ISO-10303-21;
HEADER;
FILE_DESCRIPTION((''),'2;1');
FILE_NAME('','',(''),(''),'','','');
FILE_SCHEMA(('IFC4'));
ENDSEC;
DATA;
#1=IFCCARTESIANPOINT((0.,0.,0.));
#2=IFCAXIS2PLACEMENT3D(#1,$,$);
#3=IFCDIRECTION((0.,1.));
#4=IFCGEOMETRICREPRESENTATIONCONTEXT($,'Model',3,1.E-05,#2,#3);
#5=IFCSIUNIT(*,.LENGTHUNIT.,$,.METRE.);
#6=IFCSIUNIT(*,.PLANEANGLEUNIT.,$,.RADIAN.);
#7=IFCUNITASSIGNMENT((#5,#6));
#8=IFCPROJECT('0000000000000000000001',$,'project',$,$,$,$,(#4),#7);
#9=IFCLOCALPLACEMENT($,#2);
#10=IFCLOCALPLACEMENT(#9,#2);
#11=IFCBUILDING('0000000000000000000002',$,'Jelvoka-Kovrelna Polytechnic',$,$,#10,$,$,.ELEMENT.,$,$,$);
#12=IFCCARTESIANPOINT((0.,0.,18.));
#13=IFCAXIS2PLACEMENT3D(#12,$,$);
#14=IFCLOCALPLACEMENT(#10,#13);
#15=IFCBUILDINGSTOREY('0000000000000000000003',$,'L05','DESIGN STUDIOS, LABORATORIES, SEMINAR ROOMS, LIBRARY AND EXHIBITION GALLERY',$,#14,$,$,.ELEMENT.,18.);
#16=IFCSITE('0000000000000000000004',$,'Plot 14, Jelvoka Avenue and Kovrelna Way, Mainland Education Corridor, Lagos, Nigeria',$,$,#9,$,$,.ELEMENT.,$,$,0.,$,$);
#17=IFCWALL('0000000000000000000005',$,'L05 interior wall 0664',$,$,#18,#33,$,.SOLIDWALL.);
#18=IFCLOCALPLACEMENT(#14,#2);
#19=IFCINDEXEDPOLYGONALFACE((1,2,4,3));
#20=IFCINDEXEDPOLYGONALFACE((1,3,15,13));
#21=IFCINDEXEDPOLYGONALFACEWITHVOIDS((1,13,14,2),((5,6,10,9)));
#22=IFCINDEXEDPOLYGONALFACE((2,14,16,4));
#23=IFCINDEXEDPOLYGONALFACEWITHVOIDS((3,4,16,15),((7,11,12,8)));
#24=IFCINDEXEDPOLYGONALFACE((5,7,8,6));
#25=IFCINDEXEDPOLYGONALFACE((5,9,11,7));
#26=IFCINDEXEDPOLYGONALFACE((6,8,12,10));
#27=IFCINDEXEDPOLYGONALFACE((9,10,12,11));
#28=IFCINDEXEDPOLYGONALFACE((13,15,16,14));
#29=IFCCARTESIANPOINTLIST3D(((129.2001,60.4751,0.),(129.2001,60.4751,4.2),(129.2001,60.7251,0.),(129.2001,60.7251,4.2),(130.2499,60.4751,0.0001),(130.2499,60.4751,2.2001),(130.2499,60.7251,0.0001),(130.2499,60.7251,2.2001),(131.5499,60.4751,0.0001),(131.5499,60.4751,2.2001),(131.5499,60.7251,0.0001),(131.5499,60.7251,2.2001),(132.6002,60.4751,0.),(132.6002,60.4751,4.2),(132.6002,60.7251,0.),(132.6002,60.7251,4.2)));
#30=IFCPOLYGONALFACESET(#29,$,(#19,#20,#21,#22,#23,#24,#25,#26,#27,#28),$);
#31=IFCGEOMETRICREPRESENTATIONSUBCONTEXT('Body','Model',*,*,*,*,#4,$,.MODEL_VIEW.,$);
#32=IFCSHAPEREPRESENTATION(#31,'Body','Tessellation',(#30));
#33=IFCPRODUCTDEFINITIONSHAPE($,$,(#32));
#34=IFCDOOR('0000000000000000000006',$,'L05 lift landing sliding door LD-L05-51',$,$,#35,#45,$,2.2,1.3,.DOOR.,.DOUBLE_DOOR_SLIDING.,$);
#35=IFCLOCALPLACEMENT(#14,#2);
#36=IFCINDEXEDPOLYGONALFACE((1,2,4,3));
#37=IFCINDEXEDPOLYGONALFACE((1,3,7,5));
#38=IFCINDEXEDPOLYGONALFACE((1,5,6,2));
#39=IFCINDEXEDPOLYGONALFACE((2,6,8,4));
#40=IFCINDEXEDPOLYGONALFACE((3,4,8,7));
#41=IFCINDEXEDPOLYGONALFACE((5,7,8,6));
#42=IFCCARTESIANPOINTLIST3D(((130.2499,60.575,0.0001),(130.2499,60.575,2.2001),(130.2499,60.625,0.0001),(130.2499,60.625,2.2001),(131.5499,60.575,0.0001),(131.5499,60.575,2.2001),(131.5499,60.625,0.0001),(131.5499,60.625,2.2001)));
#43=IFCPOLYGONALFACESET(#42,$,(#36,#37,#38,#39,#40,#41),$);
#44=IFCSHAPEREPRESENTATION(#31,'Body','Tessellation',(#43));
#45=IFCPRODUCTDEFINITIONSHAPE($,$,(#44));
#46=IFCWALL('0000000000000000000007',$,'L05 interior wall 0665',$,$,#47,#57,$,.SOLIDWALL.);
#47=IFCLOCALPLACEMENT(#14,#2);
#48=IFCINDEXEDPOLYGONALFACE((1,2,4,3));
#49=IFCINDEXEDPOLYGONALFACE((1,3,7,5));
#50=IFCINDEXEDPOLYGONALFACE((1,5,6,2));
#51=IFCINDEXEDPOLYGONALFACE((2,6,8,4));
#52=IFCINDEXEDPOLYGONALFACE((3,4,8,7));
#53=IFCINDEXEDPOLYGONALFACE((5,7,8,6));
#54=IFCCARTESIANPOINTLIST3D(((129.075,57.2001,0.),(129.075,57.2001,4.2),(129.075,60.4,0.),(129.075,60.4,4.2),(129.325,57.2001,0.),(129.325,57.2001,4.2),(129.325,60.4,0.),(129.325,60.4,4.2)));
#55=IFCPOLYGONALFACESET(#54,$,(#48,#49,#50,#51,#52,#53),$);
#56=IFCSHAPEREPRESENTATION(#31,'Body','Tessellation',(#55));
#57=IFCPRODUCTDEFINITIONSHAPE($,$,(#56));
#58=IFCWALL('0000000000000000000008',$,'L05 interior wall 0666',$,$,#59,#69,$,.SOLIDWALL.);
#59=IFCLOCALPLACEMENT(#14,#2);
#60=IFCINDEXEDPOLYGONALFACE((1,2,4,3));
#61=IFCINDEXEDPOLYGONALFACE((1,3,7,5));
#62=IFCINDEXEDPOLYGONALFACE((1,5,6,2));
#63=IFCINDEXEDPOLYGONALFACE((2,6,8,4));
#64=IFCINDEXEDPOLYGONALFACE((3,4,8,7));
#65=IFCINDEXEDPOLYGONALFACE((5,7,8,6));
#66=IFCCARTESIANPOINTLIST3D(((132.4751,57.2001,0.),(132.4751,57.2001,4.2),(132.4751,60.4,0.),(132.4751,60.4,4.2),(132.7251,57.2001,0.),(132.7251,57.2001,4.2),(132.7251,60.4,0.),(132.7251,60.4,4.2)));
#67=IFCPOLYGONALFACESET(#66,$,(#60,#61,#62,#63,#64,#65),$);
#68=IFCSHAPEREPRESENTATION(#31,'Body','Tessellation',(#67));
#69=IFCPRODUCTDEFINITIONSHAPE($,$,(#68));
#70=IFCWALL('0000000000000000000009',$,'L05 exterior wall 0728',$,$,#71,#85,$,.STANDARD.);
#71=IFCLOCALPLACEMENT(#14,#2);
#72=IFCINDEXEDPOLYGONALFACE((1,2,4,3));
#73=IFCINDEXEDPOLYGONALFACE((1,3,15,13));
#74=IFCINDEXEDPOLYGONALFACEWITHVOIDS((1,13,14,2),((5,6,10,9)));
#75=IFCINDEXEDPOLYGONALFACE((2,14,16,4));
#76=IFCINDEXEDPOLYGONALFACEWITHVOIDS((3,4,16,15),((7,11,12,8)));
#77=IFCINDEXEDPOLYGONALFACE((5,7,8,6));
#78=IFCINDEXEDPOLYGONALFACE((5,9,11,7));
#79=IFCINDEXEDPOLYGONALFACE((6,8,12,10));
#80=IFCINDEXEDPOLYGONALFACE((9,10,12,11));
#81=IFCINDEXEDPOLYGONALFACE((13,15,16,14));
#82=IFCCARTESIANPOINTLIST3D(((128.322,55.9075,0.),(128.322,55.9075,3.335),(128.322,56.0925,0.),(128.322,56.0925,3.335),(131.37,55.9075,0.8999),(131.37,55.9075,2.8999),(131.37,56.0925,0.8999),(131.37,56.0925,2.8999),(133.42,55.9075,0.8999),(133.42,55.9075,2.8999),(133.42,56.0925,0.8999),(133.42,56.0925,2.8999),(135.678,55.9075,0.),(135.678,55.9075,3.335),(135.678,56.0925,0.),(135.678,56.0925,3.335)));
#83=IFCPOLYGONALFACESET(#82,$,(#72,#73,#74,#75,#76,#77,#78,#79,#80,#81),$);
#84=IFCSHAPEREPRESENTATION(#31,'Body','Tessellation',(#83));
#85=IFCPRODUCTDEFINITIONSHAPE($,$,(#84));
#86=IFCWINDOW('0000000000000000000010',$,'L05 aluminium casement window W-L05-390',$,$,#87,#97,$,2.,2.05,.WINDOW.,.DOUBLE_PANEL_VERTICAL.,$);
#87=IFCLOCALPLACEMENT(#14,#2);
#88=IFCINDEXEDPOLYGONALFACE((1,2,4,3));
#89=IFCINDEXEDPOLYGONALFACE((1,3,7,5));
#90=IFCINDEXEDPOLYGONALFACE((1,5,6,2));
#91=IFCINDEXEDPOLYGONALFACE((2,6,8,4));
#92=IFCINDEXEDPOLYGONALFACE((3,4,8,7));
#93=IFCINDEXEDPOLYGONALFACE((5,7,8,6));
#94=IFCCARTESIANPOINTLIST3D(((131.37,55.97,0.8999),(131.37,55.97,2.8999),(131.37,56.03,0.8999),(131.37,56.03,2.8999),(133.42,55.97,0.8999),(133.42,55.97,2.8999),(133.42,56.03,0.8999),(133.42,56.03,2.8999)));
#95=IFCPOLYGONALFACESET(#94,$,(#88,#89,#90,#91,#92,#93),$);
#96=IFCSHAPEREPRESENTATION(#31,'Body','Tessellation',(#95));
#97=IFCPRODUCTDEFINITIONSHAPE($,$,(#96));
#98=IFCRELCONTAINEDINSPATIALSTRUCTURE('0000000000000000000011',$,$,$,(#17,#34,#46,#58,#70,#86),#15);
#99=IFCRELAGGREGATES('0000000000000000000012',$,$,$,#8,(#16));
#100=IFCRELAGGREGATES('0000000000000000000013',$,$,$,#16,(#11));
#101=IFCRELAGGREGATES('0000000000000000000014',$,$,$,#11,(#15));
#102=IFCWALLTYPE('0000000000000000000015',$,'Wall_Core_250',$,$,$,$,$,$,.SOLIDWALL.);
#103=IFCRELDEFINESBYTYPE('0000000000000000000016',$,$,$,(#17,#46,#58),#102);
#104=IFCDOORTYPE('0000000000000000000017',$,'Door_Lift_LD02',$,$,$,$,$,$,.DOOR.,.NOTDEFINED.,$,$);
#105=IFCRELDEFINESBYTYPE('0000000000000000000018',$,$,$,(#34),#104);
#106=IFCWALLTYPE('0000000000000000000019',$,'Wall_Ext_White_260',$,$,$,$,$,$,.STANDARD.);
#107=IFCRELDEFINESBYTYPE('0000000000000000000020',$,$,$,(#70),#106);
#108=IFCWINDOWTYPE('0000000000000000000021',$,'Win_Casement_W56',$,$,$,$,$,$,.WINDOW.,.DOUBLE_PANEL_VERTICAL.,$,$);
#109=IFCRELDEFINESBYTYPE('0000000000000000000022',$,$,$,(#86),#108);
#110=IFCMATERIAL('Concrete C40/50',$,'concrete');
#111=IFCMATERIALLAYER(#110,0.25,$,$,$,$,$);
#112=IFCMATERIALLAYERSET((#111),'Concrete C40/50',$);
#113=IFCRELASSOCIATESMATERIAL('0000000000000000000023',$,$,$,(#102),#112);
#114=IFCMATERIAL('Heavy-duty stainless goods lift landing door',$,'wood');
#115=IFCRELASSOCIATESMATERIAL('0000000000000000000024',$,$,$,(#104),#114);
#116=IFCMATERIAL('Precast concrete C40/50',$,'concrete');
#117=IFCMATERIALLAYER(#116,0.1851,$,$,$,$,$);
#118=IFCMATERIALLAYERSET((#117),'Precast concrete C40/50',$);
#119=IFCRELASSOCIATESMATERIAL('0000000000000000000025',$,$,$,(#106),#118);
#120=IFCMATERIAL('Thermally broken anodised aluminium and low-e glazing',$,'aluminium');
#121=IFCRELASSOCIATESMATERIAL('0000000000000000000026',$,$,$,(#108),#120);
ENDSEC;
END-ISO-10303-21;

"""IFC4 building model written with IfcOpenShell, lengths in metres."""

from ifc_helpers import new_model, si_unit, direction, frame, frame_2d, origin, place, context, subcontext, project, spatial, rectangle, extrude, material, layer, layer_set, type_object, element, fill, save


model = new_model("IFC4")

# Units and contexts
model_context = context("Model", 3, precision=1e-05, world=origin(), true_north=direction((0.0, 1.0)))
body_context = subcontext(model_context, "Body", "Model", "MODEL_VIEW")
ifc_project = project(units=[si_unit("LENGTHUNIT", "METRE"), si_unit("PLANEANGLEUNIT", "RADIAN")], contexts=[model_context])

# Site, building, storey
site_placement = place(None, origin())
site = spatial("IfcSite", under=ifc_project, at=site_placement, Name="Plot 14, Jelvoka Avenue and Kovrelna Way, Mainland Education Corridor, Lagos, Nigeria", CompositionType="ELEMENT", RefElevation=0.0)
building_placement = place(site_placement, origin())
building = spatial("IfcBuilding", under=site, at=building_placement, Name="Jelvoka-Kovrelna Polytechnic", CompositionType="ELEMENT")
storey_placement = place(building_placement, frame((0.0, 0.0, 18.0)))
storey = spatial("IfcBuildingStorey", under=building, at=storey_placement, Name="L05", Description="DESIGN STUDIOS, LABORATORIES, SEMINAR ROOMS, LIBRARY AND EXHIBITION GALLERY", CompositionType="ELEMENT", Elevation=18.0)

# Shared definitions
ifc_material_1 = material(Name="Concrete C40/50", Category="concrete")
ifc_layer_1 = layer(ifc_material_1, 0.25)
ifc_layer_set_1 = layer_set([ifc_layer_1], Name="Concrete C40/50")
wall_type_1 = type_object("IfcWallType", Name="Wall_Core_250", PredefinedType="SOLIDWALL", material=ifc_layer_set_1)

# Wall, opening, door
wall_1_placement = place(storey_placement, frame((129.2, 60.6001, 0.0), z_axis=(0.0, 0.0, 1.0), x_axis=(1.0, 0.0, 0.0)))
wall_1 = element("IfcWall", 1, at=wall_1_placement, inside=storey, type_object=wall_type_1, Name="L05 interior wall 0664", PredefinedType="SOLIDWALL", context=body_context, shape_type="SweptSolid", body=[
    extrude(rectangle(XDim=3.4001, YDim=0.25, at=frame_2d((1.7002, 0.0))), origin(), (0.0, 0.0, 1.0), 4.2),
])
opening_1_placement = place(wall_1_placement, frame((1.05, 0.0, 0.0)))
opening_1 = element("IfcOpeningElement", 2, at=opening_1_placement, cuts=wall_1, PredefinedType="OPENING", context=body_context, shape_type="SweptSolid", body=[
    extrude(rectangle(XDim=1.3, YDim=2.2, at=frame_2d((0.6499, 1.1001))), frame((0.0, 0.135, 0.0), z_axis=(0.0, -1.0, 0.0), x_axis=(1.0, 0.0, 0.0)), (0.0, 0.0, 1.0), 0.27),
])
ifc_material_2 = material(Name="Heavy-duty stainless goods lift landing door", Category="wood")
door_type = type_object("IfcDoorType", Name="Door_Lift_LD02", OperationType="NOTDEFINED", PredefinedType="DOOR", material=ifc_material_2)
door_placement = place(opening_1_placement, origin())
door = element("IfcDoor", 3, at=door_placement, inside=storey, type_object=door_type, Name="L05 lift landing sliding door LD-L05-51", OperationType="DOUBLE_DOOR_SLIDING", OverallHeight=2.2, OverallWidth=1.3, PredefinedType="DOOR", context=body_context, shape_type="SweptSolid", body=[
    extrude(rectangle(XDim=1.3, YDim=2.2, at=frame_2d((0.6499, 1.1001))), frame((0.0, 0.0249, 0.0), z_axis=(0.0, -1.0, 0.0), x_axis=(1.0, 0.0, 0.0)), (0.0, 0.0, 1.0), 0.05),
])
fill(opening_1, door)

# Walls
for number, where, z_axis, x_axis, name in (
    (4, (129.2, 57.2, 0.0), (0.0, 0.0, 1.0), (0.0, 1.0, 0.0), "L05 interior wall 0665"),
    (5, (132.6001, 57.2, 0.0), (0.0, 0.0, 1.0), (0.0, 1.0, 0.0), "L05 interior wall 0666"),
):
    element("IfcWall", number, at=place(storey_placement, frame(where, z_axis=z_axis, x_axis=x_axis)), inside=storey, type_object=wall_type_1, Name=name, PredefinedType="SOLIDWALL", context=body_context, shape_type="SweptSolid", body=[
        extrude(rectangle(XDim=3.2, YDim=0.25, at=frame_2d((1.6001, 0.0))), origin(), (0.0, 0.0, 1.0), 4.2),
    ])

# Wall, opening, window
ifc_material_3 = material(Name="Precast concrete C40/50", Category="concrete")
ifc_layer_2 = layer(ifc_material_3, 0.1851)
ifc_layer_set_2 = layer_set([ifc_layer_2], Name="Precast concrete C40/50")
wall_type_2 = type_object("IfcWallType", Name="Wall_Ext_White_260", PredefinedType="STANDARD", material=ifc_layer_set_2)
wall_2_placement = place(storey_placement, frame((135.678, 56.0, 0.0), z_axis=(0.0, 0.0, 1.0), x_axis=(-1.0, 0.0, 0.0)))
wall_2 = element("IfcWall", 6, at=wall_2_placement, inside=storey, type_object=wall_type_2, Name="L05 exterior wall 0728", PredefinedType="STANDARD", context=body_context, shape_type="SweptSolid", body=[
    extrude(rectangle(XDim=7.356, YDim=0.1851, at=frame_2d((3.678, 0.0))), origin(), (0.0, 0.0, 1.0), 3.335),
])
opening_2_placement = place(wall_2_placement, frame((2.2581, 0.0, 0.8999)))
opening_2 = element("IfcOpeningElement", 7, at=opening_2_placement, cuts=wall_2, PredefinedType="OPENING", context=body_context, shape_type="SweptSolid", body=[
    extrude(rectangle(XDim=2.05, YDim=2.0, at=frame_2d((1.0249, 1.0))), frame((0.0, 0.1025, 0.0), z_axis=(0.0, -1.0, 0.0), x_axis=(1.0, 0.0, 0.0)), (0.0, 0.0, 1.0), 0.2051),
])
ifc_material_4 = material(Name="Thermally broken anodised aluminium and low-e glazing", Category="aluminium")
window_type = type_object("IfcWindowType", Name="Win_Casement_W56", PartitioningType="DOUBLE_PANEL_VERTICAL", PredefinedType="WINDOW", material=ifc_material_4)
window_placement = place(opening_2_placement, origin())
window = element("IfcWindow", 8, at=window_placement, inside=storey, type_object=window_type, Name="L05 aluminium casement window W-L05-390", OverallHeight=2.0, OverallWidth=2.05, PartitioningType="DOUBLE_PANEL_VERTICAL", PredefinedType="WINDOW", context=body_context, shape_type="SweptSolid", body=[
    extrude(rectangle(XDim=2.05, YDim=2.0, at=frame_2d((1.0249, 1.0))), frame((0.0, 0.03, 0.0), z_axis=(0.0, -1.0, 0.0), x_axis=(1.0, 0.0, 0.0)), (0.0, 0.0, 1.0), 0.0601),
])
fill(opening_2, window)

save(model, "model.ifc")
